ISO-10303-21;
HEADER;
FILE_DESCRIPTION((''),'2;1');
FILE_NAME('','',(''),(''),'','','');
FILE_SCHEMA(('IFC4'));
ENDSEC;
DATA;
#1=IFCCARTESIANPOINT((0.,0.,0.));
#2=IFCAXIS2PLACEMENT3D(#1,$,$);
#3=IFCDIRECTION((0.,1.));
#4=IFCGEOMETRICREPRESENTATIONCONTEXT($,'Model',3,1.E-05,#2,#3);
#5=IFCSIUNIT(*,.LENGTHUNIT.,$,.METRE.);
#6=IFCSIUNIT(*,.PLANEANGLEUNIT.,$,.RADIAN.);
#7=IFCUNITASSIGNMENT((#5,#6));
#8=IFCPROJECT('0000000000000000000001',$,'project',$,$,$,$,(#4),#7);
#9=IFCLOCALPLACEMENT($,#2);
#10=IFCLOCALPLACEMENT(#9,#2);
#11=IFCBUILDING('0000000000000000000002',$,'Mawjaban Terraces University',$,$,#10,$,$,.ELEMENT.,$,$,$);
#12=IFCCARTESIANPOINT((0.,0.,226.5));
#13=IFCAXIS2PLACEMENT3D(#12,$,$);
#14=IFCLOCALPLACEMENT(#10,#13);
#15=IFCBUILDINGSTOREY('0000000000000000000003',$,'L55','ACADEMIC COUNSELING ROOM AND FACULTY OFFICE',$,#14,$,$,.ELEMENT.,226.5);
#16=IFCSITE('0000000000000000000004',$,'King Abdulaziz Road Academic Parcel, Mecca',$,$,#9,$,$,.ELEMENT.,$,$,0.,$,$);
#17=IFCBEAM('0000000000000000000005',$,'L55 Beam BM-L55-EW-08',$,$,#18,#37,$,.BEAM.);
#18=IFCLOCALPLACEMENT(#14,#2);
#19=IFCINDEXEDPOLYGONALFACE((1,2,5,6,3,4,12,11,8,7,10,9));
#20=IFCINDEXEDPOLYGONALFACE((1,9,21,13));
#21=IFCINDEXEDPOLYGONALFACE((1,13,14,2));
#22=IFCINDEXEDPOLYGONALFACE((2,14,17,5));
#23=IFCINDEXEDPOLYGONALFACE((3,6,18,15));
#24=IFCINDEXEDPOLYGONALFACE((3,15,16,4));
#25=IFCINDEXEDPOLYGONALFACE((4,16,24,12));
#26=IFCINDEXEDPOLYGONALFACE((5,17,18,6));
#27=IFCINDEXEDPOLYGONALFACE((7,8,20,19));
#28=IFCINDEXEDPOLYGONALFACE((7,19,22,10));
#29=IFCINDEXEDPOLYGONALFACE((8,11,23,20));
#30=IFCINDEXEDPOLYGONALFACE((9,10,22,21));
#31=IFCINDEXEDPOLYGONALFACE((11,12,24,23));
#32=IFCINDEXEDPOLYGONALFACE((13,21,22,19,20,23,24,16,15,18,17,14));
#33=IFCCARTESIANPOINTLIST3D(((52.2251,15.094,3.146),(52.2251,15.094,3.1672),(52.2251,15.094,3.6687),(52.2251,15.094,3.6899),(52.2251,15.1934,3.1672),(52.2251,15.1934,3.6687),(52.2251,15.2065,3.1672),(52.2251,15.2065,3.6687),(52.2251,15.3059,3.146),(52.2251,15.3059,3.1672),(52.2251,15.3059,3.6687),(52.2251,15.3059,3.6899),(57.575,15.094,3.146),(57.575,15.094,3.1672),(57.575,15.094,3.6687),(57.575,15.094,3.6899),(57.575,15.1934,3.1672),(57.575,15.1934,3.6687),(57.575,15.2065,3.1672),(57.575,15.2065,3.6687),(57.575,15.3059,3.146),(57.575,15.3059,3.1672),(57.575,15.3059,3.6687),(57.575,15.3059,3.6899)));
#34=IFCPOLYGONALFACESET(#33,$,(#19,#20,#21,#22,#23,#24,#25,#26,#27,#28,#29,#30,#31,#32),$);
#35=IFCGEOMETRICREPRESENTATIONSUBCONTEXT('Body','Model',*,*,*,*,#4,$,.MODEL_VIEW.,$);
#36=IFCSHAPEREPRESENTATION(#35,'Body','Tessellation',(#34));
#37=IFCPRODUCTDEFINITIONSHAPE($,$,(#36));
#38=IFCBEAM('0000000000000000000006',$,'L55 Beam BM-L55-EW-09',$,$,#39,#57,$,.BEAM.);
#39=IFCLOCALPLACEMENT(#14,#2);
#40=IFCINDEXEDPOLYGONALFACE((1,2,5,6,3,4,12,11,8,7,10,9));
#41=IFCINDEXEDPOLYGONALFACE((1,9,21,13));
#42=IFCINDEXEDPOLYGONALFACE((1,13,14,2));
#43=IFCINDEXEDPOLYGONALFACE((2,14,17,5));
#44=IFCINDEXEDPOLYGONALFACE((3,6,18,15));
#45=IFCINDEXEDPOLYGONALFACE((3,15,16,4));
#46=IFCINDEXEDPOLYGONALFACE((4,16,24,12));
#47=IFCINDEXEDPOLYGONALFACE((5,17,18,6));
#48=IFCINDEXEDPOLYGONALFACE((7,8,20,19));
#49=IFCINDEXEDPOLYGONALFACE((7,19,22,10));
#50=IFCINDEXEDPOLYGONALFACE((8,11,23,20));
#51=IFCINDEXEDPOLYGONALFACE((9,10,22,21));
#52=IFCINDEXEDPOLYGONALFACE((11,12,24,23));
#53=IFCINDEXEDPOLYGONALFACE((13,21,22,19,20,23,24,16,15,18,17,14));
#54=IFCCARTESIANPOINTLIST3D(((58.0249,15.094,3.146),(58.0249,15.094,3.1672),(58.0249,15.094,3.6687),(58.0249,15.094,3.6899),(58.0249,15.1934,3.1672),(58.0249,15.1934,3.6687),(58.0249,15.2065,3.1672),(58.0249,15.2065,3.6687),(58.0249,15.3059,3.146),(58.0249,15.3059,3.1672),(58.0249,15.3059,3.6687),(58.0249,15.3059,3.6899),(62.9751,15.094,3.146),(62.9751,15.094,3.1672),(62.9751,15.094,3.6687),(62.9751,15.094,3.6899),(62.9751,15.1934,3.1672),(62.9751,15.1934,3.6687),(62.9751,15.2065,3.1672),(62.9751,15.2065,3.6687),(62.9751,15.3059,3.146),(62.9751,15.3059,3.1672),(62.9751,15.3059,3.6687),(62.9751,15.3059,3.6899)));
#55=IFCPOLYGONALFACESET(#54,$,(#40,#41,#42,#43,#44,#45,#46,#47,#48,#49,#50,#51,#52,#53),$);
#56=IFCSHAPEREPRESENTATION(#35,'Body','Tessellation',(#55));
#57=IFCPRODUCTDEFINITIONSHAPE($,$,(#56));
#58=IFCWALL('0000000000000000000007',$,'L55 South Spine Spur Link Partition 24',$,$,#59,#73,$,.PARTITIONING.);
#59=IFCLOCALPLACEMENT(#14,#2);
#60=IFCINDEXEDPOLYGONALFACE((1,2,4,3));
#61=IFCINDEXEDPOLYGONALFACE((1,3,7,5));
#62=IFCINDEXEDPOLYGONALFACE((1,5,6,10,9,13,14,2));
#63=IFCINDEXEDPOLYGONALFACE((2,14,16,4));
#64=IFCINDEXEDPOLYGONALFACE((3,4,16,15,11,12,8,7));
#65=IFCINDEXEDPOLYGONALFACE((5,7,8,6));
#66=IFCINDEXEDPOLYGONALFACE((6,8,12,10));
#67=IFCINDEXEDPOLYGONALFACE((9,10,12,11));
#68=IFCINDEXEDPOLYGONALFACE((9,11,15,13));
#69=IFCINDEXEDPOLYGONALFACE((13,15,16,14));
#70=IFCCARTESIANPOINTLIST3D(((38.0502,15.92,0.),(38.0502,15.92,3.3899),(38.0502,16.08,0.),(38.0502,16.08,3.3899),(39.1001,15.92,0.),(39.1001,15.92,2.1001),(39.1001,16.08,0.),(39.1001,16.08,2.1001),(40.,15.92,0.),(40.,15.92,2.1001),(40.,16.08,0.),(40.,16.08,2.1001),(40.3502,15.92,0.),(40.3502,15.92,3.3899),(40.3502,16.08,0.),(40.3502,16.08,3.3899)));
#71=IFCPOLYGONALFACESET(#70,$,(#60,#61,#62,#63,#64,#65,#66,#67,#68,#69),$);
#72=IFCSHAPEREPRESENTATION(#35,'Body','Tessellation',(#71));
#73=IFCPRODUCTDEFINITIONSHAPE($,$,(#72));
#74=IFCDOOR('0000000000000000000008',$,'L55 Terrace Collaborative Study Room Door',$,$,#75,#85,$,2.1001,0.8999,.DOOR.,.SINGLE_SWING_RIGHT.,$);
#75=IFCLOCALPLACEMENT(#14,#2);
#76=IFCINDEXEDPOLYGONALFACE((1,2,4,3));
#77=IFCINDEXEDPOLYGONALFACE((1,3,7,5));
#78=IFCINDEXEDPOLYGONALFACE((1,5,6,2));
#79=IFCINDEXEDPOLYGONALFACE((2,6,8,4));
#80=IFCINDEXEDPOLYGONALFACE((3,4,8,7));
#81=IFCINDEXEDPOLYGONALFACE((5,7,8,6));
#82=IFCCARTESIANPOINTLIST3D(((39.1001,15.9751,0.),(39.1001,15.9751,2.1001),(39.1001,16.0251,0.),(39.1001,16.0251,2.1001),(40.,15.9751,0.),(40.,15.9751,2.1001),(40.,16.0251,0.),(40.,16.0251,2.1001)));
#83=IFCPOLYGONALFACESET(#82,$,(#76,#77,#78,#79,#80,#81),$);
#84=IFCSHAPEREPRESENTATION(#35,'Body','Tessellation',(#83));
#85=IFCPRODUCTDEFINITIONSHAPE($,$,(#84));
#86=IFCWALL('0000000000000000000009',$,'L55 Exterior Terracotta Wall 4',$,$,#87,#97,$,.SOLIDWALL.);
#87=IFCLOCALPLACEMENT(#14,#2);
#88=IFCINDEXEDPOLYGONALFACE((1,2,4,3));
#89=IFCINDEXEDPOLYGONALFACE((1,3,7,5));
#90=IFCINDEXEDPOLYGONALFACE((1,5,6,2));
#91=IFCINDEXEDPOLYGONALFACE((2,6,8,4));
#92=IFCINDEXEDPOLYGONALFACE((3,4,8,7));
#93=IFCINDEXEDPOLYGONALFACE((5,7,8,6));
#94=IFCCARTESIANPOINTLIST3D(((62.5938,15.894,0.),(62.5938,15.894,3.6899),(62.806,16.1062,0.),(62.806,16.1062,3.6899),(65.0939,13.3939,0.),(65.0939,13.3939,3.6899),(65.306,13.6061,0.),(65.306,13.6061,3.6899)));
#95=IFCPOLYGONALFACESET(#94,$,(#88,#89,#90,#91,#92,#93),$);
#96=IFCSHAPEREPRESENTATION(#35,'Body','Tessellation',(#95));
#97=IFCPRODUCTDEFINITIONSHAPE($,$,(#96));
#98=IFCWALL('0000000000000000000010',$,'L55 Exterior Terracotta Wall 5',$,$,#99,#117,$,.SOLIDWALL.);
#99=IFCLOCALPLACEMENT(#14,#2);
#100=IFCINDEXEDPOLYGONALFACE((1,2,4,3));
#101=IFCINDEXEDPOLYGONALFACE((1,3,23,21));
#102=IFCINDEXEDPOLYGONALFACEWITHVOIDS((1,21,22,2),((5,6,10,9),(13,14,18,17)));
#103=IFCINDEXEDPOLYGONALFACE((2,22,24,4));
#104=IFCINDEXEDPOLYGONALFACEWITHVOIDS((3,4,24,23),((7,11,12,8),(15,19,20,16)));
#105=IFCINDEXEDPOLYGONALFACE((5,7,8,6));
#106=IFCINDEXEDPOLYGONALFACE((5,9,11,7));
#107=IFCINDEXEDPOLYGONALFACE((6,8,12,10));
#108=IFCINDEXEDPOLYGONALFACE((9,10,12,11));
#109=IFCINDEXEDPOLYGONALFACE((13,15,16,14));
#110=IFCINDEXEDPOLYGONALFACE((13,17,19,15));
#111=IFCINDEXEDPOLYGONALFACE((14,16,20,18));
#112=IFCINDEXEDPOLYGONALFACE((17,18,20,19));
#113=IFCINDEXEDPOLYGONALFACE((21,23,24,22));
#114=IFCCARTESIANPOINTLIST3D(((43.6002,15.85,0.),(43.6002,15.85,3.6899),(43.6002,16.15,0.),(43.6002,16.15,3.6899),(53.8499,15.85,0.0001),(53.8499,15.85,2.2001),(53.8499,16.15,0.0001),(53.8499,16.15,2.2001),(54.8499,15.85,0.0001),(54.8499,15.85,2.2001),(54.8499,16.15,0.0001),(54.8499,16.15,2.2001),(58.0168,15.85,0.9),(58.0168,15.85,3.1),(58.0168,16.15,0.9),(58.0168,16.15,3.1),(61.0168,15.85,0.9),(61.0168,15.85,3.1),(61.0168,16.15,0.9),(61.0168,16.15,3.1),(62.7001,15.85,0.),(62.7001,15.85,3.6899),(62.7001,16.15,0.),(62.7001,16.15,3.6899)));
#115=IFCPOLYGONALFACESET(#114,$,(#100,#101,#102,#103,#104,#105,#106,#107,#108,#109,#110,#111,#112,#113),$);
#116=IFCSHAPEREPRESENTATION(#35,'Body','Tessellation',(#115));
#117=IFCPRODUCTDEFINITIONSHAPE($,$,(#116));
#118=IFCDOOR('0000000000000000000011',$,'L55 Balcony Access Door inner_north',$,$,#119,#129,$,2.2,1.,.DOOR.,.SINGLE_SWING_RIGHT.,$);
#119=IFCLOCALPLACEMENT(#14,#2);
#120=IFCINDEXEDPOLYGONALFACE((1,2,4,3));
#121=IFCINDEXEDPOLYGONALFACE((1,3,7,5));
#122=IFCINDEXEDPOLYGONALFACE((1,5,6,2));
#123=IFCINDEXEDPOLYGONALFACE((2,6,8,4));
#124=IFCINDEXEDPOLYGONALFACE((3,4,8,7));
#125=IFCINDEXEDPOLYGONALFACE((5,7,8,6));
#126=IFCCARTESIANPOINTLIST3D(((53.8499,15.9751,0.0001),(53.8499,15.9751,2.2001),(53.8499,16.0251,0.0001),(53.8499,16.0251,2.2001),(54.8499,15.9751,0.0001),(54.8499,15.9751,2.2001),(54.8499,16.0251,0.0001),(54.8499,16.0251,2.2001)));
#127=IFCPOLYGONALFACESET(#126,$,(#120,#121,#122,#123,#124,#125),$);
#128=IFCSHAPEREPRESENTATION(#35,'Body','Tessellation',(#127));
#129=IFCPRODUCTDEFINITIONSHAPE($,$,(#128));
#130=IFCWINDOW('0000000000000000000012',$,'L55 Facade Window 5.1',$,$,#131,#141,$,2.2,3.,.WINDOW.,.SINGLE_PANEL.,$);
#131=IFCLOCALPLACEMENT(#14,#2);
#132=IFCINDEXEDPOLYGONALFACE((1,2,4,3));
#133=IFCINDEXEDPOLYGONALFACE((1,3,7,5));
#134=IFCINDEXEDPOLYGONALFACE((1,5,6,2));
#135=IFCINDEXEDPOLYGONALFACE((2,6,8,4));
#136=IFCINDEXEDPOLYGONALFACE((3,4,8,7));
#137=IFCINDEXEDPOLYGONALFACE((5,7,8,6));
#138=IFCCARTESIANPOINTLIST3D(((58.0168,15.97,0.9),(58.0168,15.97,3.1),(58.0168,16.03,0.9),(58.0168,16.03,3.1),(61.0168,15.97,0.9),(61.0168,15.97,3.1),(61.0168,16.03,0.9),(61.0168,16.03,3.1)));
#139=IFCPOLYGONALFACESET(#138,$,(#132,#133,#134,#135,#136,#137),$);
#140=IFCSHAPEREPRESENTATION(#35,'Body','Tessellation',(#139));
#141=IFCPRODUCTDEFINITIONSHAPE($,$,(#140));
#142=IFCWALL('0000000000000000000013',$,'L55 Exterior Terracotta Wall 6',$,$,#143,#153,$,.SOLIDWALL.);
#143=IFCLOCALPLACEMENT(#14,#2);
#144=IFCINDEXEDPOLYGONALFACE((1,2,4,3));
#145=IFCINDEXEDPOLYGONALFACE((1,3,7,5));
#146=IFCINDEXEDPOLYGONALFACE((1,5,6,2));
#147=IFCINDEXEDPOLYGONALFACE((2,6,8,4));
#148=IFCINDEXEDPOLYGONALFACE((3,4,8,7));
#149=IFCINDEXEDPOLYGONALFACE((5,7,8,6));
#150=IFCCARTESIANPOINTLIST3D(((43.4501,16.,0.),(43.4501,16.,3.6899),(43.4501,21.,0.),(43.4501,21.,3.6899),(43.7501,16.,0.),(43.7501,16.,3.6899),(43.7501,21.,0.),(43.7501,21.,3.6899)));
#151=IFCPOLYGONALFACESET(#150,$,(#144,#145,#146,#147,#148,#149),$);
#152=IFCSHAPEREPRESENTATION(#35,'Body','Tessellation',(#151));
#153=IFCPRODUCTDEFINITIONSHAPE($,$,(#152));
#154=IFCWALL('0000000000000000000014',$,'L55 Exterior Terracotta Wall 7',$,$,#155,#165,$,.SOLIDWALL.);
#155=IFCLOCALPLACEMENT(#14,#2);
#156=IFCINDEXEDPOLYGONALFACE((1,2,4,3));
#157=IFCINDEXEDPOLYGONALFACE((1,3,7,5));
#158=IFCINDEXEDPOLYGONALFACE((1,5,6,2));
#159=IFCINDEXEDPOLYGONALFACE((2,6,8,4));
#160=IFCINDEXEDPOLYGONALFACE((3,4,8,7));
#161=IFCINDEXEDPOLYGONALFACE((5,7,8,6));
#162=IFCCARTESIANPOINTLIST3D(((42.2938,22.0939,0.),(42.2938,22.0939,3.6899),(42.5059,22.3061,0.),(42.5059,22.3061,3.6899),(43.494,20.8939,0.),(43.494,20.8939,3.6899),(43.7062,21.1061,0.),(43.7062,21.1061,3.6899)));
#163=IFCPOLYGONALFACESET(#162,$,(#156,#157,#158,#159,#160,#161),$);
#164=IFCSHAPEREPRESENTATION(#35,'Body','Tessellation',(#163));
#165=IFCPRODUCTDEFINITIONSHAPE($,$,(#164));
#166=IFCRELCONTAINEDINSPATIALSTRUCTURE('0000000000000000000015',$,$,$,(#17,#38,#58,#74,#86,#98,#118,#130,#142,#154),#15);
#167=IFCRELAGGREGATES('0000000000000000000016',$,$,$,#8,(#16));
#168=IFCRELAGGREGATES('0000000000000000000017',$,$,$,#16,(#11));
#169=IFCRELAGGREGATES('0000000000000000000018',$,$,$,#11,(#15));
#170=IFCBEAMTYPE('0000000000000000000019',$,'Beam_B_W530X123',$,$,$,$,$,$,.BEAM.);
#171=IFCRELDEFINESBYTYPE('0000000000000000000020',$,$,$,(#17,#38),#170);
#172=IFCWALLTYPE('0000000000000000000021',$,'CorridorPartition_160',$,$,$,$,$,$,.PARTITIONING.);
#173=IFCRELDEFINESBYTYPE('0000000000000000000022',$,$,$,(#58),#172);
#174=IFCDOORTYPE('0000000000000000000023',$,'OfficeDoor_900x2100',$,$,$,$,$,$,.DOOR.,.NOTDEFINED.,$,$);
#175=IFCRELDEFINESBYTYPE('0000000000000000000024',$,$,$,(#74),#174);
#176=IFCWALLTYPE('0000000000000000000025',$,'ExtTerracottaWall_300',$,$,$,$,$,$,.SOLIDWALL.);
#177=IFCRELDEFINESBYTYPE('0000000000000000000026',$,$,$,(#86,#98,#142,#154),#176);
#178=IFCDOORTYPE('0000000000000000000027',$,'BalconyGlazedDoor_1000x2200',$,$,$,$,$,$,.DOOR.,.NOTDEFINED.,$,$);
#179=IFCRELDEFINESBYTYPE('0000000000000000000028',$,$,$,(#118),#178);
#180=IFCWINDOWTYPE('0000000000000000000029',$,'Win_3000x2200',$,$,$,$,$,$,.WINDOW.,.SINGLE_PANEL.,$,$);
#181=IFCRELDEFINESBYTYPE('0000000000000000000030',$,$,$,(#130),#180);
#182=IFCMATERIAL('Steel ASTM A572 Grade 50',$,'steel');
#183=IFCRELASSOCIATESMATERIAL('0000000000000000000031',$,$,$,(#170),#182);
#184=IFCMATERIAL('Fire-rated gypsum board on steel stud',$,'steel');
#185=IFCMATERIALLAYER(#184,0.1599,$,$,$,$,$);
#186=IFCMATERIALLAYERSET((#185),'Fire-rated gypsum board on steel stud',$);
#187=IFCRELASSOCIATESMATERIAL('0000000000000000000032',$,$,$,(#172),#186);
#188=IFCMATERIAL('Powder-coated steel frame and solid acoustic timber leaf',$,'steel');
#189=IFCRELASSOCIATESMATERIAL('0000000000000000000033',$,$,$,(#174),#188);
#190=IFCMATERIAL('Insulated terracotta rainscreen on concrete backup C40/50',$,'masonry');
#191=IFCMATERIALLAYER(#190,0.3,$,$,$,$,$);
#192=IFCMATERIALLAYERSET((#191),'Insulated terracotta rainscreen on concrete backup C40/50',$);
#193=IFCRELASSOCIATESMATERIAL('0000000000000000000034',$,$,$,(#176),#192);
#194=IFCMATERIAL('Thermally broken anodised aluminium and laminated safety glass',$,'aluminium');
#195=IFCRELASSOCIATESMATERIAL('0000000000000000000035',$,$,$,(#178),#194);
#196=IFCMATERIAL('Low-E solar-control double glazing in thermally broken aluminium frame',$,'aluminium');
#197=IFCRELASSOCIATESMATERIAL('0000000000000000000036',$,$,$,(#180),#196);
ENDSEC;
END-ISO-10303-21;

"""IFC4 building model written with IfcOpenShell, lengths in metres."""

from ifc_helpers import new_model, si_unit, direction, frame, frame_2d, origin, origin_2d, place, context, subcontext, project, spatial, rectangle, i_section, extrude, material, layer, layer_set, material_profile, profile_set, type_object, element, fill, save


model = new_model("IFC4")

# Units and contexts
model_context = context("Model", 3, precision=1e-05, world=origin(), true_north=direction((0.0, 1.0)))
body_context = subcontext(model_context, "Body", "Model", "MODEL_VIEW")
ifc_project = project(units=[si_unit("LENGTHUNIT", "METRE"), si_unit("PLANEANGLEUNIT", "RADIAN")], contexts=[model_context])

# Site, building, storey
site_placement = place(None, origin())
site = spatial("IfcSite", under=ifc_project, at=site_placement, Name="King Abdulaziz Road Academic Parcel, Mecca", CompositionType="ELEMENT", RefElevation=0.0)
building_placement = place(site_placement, origin())
building = spatial("IfcBuilding", under=site, at=building_placement, Name="Mawjaban Terraces University", CompositionType="ELEMENT")
storey_placement = place(building_placement, frame((0.0, 0.0, 226.5)))
storey = spatial("IfcBuildingStorey", under=building, at=storey_placement, Name="L55", Description="ACADEMIC COUNSELING ROOM AND FACULTY OFFICE", CompositionType="ELEMENT", Elevation=226.5)

# Beams
ifc_material_1 = material(Name="Steel ASTM A572 Grade 50", Category="steel")
ifc_material_profile_1 = material_profile(ifc_material_1, i_section(OverallWidth=0.2119, OverallDepth=0.5439, WebThickness=0.0132, FlangeThickness=0.0212, at=origin_2d()), Name="W530X123")
ifc_profile_set_1 = profile_set([ifc_material_profile_1], Name="Steel ASTM A572 Grade 50")
beam_type_1 = type_object("IfcBeamType", Name="Beam_B_W530X123", PredefinedType="BEAM", material=ifc_profile_set_1)
beam_1_placement = place(storey_placement, frame((52.2251, 15.2, 3.418), z_axis=(1.0, 0.0, 0.0), x_axis=(0.0, 1.0, 0.0)))
element("IfcBeam", 1, at=beam_1_placement, inside=storey, type_object=beam_type_1, Name="L55 Beam BM-L55-EW-08", PredefinedType="BEAM", context=body_context, shape_type="SweptSolid", body=[
    extrude(i_section(OverallWidth=0.2119, OverallDepth=0.5439, WebThickness=0.0132, FlangeThickness=0.0212, at=origin_2d()), origin(), (0.0, 0.0, 1.0), 5.3499),
])
beam_2_placement = place(storey_placement, frame((58.0249, 15.2, 3.418), z_axis=(1.0, 0.0, 0.0), x_axis=(0.0, 1.0, 0.0)))
element("IfcBeam", 2, at=beam_2_placement, inside=storey, type_object=beam_type_1, Name="L55 Beam BM-L55-EW-09", PredefinedType="BEAM", context=body_context, shape_type="SweptSolid", body=[
    extrude(i_section(OverallWidth=0.2119, OverallDepth=0.5439, WebThickness=0.0132, FlangeThickness=0.0212, at=origin_2d()), origin(), (0.0, 0.0, 1.0), 4.9502),
])

# Wall, opening, door
ifc_material_2 = material(Name="Fire-rated gypsum board on steel stud", Category="steel")
ifc_layer_1 = layer(ifc_material_2, 0.1599)
ifc_layer_set_1 = layer_set([ifc_layer_1], Name="Fire-rated gypsum board on steel stud")
wall_type_1 = type_object("IfcWallType", Name="CorridorPartition_160", PredefinedType="PARTITIONING", material=ifc_layer_set_1)
wall_1_placement = place(storey_placement, frame((40.3501, 16.0, 0.0), z_axis=(0.0, 0.0, 1.0), x_axis=(-1.0, 0.0, 0.0)))
wall_1 = element("IfcWall", 3, at=wall_1_placement, inside=storey, type_object=wall_type_1, Name="L55 South Spine Spur Link Partition 24", PredefinedType="PARTITIONING", context=body_context, shape_type="SweptSolid", body=[
    extrude(rectangle(XDim=2.3, YDim=0.1599, at=frame_2d((1.1499, 0.0))), origin(), (0.0, 0.0, 1.0), 3.3899),
])
opening_1_placement = place(wall_1_placement, frame((0.3501, 0.0, 0.0)))
opening_1 = element("IfcOpeningElement", 4, at=opening_1_placement, cuts=wall_1, PredefinedType="OPENING", context=body_context, shape_type="SweptSolid", body=[
    extrude(rectangle(XDim=0.8999, YDim=2.1001, at=frame_2d((0.45, 1.05))), frame((0.0, 0.0898, 0.0), z_axis=(0.0, -1.0, 0.0), x_axis=(1.0, 0.0, 0.0)), (0.0, 0.0, 1.0), 0.1799),
])
ifc_material_3 = material(Name="Powder-coated steel frame and solid acoustic timber leaf", Category="steel")
door_type_1 = type_object("IfcDoorType", Name="OfficeDoor_900x2100", OperationType="NOTDEFINED", PredefinedType="DOOR", material=ifc_material_3)
door_1_placement = place(opening_1_placement, origin())
door_1 = element("IfcDoor", 5, at=door_1_placement, inside=storey, type_object=door_type_1, Name="L55 Terrace Collaborative Study Room Door", OperationType="SINGLE_SWING_RIGHT", OverallHeight=2.1001, OverallWidth=0.8999, PredefinedType="DOOR", context=body_context, shape_type="SweptSolid", body=[
    extrude(rectangle(XDim=0.8999, YDim=2.1001, at=frame_2d((0.45, 1.05))), frame((0.0, 0.0249, 0.0), z_axis=(0.0, -1.0, 0.0), x_axis=(1.0, 0.0, 0.0)), (0.0, 0.0, 1.0), 0.05),
])
fill(opening_1, door_1)

# Wall
ifc_material_4 = material(Name="Insulated terracotta rainscreen on concrete backup C40/50", Category="masonry")
ifc_layer_2 = layer(ifc_material_4, 0.3)
ifc_layer_set_2 = layer_set([ifc_layer_2], Name="Insulated terracotta rainscreen on concrete backup C40/50")
wall_type_2 = type_object("IfcWallType", Name="ExtTerracottaWall_300", PredefinedType="SOLIDWALL", material=ifc_layer_set_2)
wall_2_placement = place(storey_placement, frame((65.2, 13.5, 0.0), z_axis=(0.0, 0.0, 1.0), x_axis=(-0.707107, 0.707107, 0.0)))
element("IfcWall", 6, at=wall_2_placement, inside=storey, type_object=wall_type_2, Name="L55 Exterior Terracotta Wall 4", PredefinedType="SOLIDWALL", context=body_context, shape_type="SweptSolid", body=[
    extrude(rectangle(XDim=3.5356, YDim=0.3, at=frame_2d((1.7678, 0.0))), origin(), (0.0, 0.0, 1.0), 3.6899),
])

# Wall, openings, door, window
wall_3_placement = place(storey_placement, frame((62.7, 16.0, 0.0), z_axis=(0.0, 0.0, 1.0), x_axis=(-1.0, 0.0, 0.0)))
wall_3 = element("IfcWall", 7, at=wall_3_placement, inside=storey, type_object=wall_type_2, Name="L55 Exterior Terracotta Wall 5", PredefinedType="SOLIDWALL", context=body_context, shape_type="SweptSolid", body=[
    extrude(rectangle(XDim=19.0999, YDim=0.3, at=frame_2d((9.5498, 0.0))), origin(), (0.0, 0.0, 1.0), 3.6899),
])
opening_2_placement = place(wall_3_placement, frame((7.8501, 0.0, 0.0)))
opening_2 = element("IfcOpeningElement", 8, at=opening_2_placement, cuts=wall_3, PredefinedType="OPENING", context=body_context, shape_type="SweptSolid", body=[
    extrude(rectangle(XDim=1.0, YDim=2.2, at=frame_2d((0.5, 1.1001))), frame((0.0, 0.1599, 0.0), z_axis=(0.0, -1.0, 0.0), x_axis=(1.0, 0.0, 0.0)), (0.0, 0.0, 1.0), 0.3201),
])
opening_3_placement = place(wall_3_placement, frame((1.6831, 0.0, 0.8999)))
opening_3 = element("IfcOpeningElement", 9, at=opening_3_placement, cuts=wall_3, PredefinedType="OPENING", context=body_context, shape_type="SweptSolid", body=[
    extrude(rectangle(XDim=3.0, YDim=2.2, at=frame_2d((1.5, 1.1001))), frame((0.0, 0.1599, 0.0), z_axis=(0.0, -1.0, 0.0), x_axis=(1.0, 0.0, 0.0)), (0.0, 0.0, 1.0), 0.3201),
])
ifc_material_5 = material(Name="Thermally broken anodised aluminium and laminated safety glass", Category="aluminium")
door_type_2 = type_object("IfcDoorType", Name="BalconyGlazedDoor_1000x2200", OperationType="NOTDEFINED", PredefinedType="DOOR", material=ifc_material_5)
door_2_placement = place(opening_2_placement, origin())
door_2 = element("IfcDoor", 10, at=door_2_placement, inside=storey, type_object=door_type_2, Name="L55 Balcony Access Door inner_north", OperationType="SINGLE_SWING_RIGHT", OverallHeight=2.2, OverallWidth=1.0, PredefinedType="DOOR", context=body_context, shape_type="SweptSolid", body=[
    extrude(rectangle(XDim=1.0, YDim=2.2, at=frame_2d((0.5, 1.1001))), frame((0.0, 0.0249, 0.0), z_axis=(0.0, -1.0, 0.0), x_axis=(1.0, 0.0, 0.0)), (0.0, 0.0, 1.0), 0.05),
])
fill(opening_2, door_2)
ifc_material_6 = material(Name="Low-E solar-control double glazing in thermally broken aluminium frame", Category="aluminium")
window_type = type_object("IfcWindowType", Name="Win_3000x2200", PartitioningType="SINGLE_PANEL", PredefinedType="WINDOW", material=ifc_material_6)
window_placement = place(opening_3_placement, origin())
window = element("IfcWindow", 11, at=window_placement, inside=storey, type_object=window_type, Name="L55 Facade Window 5.1", OverallHeight=2.2, OverallWidth=3.0, PartitioningType="SINGLE_PANEL", PredefinedType="WINDOW", context=body_context, shape_type="SweptSolid", body=[
    extrude(rectangle(XDim=3.0, YDim=2.2, at=frame_2d((1.5, 1.1001))), frame((0.0, 0.03, 0.0), z_axis=(0.0, -1.0, 0.0), x_axis=(1.0, 0.0, 0.0)), (0.0, 0.0, 1.0), 0.0601),
])
fill(opening_3, window)

# Walls
wall_4_placement = place(storey_placement, frame((43.6001, 16.0, 0.0), z_axis=(0.0, 0.0, 1.0), x_axis=(0.0, 1.0, 0.0)))
element("IfcWall", 12, at=wall_4_placement, inside=storey, type_object=wall_type_2, Name="L55 Exterior Terracotta Wall 6", PredefinedType="SOLIDWALL", context=body_context, shape_type="SweptSolid", body=[
    extrude(rectangle(XDim=5.0, YDim=0.3, at=frame_2d((2.5, 0.0))), origin(), (0.0, 0.0, 1.0), 3.6899),
])
wall_5_placement = place(storey_placement, frame((43.6001, 21.0, 0.0), z_axis=(0.0, 0.0, 1.0), x_axis=(-0.707179, 0.707035, 0.0)))
element("IfcWall", 13, at=wall_5_placement, inside=storey, type_object=wall_type_2, Name="L55 Exterior Terracotta Wall 7", PredefinedType="SOLIDWALL", context=body_context, shape_type="SweptSolid", body=[
    extrude(rectangle(XDim=1.6973, YDim=0.3, at=frame_2d((0.8486, 0.0))), origin(), (0.0, 0.0, 1.0), 3.6899),
])

save(model, "model.ifc")
